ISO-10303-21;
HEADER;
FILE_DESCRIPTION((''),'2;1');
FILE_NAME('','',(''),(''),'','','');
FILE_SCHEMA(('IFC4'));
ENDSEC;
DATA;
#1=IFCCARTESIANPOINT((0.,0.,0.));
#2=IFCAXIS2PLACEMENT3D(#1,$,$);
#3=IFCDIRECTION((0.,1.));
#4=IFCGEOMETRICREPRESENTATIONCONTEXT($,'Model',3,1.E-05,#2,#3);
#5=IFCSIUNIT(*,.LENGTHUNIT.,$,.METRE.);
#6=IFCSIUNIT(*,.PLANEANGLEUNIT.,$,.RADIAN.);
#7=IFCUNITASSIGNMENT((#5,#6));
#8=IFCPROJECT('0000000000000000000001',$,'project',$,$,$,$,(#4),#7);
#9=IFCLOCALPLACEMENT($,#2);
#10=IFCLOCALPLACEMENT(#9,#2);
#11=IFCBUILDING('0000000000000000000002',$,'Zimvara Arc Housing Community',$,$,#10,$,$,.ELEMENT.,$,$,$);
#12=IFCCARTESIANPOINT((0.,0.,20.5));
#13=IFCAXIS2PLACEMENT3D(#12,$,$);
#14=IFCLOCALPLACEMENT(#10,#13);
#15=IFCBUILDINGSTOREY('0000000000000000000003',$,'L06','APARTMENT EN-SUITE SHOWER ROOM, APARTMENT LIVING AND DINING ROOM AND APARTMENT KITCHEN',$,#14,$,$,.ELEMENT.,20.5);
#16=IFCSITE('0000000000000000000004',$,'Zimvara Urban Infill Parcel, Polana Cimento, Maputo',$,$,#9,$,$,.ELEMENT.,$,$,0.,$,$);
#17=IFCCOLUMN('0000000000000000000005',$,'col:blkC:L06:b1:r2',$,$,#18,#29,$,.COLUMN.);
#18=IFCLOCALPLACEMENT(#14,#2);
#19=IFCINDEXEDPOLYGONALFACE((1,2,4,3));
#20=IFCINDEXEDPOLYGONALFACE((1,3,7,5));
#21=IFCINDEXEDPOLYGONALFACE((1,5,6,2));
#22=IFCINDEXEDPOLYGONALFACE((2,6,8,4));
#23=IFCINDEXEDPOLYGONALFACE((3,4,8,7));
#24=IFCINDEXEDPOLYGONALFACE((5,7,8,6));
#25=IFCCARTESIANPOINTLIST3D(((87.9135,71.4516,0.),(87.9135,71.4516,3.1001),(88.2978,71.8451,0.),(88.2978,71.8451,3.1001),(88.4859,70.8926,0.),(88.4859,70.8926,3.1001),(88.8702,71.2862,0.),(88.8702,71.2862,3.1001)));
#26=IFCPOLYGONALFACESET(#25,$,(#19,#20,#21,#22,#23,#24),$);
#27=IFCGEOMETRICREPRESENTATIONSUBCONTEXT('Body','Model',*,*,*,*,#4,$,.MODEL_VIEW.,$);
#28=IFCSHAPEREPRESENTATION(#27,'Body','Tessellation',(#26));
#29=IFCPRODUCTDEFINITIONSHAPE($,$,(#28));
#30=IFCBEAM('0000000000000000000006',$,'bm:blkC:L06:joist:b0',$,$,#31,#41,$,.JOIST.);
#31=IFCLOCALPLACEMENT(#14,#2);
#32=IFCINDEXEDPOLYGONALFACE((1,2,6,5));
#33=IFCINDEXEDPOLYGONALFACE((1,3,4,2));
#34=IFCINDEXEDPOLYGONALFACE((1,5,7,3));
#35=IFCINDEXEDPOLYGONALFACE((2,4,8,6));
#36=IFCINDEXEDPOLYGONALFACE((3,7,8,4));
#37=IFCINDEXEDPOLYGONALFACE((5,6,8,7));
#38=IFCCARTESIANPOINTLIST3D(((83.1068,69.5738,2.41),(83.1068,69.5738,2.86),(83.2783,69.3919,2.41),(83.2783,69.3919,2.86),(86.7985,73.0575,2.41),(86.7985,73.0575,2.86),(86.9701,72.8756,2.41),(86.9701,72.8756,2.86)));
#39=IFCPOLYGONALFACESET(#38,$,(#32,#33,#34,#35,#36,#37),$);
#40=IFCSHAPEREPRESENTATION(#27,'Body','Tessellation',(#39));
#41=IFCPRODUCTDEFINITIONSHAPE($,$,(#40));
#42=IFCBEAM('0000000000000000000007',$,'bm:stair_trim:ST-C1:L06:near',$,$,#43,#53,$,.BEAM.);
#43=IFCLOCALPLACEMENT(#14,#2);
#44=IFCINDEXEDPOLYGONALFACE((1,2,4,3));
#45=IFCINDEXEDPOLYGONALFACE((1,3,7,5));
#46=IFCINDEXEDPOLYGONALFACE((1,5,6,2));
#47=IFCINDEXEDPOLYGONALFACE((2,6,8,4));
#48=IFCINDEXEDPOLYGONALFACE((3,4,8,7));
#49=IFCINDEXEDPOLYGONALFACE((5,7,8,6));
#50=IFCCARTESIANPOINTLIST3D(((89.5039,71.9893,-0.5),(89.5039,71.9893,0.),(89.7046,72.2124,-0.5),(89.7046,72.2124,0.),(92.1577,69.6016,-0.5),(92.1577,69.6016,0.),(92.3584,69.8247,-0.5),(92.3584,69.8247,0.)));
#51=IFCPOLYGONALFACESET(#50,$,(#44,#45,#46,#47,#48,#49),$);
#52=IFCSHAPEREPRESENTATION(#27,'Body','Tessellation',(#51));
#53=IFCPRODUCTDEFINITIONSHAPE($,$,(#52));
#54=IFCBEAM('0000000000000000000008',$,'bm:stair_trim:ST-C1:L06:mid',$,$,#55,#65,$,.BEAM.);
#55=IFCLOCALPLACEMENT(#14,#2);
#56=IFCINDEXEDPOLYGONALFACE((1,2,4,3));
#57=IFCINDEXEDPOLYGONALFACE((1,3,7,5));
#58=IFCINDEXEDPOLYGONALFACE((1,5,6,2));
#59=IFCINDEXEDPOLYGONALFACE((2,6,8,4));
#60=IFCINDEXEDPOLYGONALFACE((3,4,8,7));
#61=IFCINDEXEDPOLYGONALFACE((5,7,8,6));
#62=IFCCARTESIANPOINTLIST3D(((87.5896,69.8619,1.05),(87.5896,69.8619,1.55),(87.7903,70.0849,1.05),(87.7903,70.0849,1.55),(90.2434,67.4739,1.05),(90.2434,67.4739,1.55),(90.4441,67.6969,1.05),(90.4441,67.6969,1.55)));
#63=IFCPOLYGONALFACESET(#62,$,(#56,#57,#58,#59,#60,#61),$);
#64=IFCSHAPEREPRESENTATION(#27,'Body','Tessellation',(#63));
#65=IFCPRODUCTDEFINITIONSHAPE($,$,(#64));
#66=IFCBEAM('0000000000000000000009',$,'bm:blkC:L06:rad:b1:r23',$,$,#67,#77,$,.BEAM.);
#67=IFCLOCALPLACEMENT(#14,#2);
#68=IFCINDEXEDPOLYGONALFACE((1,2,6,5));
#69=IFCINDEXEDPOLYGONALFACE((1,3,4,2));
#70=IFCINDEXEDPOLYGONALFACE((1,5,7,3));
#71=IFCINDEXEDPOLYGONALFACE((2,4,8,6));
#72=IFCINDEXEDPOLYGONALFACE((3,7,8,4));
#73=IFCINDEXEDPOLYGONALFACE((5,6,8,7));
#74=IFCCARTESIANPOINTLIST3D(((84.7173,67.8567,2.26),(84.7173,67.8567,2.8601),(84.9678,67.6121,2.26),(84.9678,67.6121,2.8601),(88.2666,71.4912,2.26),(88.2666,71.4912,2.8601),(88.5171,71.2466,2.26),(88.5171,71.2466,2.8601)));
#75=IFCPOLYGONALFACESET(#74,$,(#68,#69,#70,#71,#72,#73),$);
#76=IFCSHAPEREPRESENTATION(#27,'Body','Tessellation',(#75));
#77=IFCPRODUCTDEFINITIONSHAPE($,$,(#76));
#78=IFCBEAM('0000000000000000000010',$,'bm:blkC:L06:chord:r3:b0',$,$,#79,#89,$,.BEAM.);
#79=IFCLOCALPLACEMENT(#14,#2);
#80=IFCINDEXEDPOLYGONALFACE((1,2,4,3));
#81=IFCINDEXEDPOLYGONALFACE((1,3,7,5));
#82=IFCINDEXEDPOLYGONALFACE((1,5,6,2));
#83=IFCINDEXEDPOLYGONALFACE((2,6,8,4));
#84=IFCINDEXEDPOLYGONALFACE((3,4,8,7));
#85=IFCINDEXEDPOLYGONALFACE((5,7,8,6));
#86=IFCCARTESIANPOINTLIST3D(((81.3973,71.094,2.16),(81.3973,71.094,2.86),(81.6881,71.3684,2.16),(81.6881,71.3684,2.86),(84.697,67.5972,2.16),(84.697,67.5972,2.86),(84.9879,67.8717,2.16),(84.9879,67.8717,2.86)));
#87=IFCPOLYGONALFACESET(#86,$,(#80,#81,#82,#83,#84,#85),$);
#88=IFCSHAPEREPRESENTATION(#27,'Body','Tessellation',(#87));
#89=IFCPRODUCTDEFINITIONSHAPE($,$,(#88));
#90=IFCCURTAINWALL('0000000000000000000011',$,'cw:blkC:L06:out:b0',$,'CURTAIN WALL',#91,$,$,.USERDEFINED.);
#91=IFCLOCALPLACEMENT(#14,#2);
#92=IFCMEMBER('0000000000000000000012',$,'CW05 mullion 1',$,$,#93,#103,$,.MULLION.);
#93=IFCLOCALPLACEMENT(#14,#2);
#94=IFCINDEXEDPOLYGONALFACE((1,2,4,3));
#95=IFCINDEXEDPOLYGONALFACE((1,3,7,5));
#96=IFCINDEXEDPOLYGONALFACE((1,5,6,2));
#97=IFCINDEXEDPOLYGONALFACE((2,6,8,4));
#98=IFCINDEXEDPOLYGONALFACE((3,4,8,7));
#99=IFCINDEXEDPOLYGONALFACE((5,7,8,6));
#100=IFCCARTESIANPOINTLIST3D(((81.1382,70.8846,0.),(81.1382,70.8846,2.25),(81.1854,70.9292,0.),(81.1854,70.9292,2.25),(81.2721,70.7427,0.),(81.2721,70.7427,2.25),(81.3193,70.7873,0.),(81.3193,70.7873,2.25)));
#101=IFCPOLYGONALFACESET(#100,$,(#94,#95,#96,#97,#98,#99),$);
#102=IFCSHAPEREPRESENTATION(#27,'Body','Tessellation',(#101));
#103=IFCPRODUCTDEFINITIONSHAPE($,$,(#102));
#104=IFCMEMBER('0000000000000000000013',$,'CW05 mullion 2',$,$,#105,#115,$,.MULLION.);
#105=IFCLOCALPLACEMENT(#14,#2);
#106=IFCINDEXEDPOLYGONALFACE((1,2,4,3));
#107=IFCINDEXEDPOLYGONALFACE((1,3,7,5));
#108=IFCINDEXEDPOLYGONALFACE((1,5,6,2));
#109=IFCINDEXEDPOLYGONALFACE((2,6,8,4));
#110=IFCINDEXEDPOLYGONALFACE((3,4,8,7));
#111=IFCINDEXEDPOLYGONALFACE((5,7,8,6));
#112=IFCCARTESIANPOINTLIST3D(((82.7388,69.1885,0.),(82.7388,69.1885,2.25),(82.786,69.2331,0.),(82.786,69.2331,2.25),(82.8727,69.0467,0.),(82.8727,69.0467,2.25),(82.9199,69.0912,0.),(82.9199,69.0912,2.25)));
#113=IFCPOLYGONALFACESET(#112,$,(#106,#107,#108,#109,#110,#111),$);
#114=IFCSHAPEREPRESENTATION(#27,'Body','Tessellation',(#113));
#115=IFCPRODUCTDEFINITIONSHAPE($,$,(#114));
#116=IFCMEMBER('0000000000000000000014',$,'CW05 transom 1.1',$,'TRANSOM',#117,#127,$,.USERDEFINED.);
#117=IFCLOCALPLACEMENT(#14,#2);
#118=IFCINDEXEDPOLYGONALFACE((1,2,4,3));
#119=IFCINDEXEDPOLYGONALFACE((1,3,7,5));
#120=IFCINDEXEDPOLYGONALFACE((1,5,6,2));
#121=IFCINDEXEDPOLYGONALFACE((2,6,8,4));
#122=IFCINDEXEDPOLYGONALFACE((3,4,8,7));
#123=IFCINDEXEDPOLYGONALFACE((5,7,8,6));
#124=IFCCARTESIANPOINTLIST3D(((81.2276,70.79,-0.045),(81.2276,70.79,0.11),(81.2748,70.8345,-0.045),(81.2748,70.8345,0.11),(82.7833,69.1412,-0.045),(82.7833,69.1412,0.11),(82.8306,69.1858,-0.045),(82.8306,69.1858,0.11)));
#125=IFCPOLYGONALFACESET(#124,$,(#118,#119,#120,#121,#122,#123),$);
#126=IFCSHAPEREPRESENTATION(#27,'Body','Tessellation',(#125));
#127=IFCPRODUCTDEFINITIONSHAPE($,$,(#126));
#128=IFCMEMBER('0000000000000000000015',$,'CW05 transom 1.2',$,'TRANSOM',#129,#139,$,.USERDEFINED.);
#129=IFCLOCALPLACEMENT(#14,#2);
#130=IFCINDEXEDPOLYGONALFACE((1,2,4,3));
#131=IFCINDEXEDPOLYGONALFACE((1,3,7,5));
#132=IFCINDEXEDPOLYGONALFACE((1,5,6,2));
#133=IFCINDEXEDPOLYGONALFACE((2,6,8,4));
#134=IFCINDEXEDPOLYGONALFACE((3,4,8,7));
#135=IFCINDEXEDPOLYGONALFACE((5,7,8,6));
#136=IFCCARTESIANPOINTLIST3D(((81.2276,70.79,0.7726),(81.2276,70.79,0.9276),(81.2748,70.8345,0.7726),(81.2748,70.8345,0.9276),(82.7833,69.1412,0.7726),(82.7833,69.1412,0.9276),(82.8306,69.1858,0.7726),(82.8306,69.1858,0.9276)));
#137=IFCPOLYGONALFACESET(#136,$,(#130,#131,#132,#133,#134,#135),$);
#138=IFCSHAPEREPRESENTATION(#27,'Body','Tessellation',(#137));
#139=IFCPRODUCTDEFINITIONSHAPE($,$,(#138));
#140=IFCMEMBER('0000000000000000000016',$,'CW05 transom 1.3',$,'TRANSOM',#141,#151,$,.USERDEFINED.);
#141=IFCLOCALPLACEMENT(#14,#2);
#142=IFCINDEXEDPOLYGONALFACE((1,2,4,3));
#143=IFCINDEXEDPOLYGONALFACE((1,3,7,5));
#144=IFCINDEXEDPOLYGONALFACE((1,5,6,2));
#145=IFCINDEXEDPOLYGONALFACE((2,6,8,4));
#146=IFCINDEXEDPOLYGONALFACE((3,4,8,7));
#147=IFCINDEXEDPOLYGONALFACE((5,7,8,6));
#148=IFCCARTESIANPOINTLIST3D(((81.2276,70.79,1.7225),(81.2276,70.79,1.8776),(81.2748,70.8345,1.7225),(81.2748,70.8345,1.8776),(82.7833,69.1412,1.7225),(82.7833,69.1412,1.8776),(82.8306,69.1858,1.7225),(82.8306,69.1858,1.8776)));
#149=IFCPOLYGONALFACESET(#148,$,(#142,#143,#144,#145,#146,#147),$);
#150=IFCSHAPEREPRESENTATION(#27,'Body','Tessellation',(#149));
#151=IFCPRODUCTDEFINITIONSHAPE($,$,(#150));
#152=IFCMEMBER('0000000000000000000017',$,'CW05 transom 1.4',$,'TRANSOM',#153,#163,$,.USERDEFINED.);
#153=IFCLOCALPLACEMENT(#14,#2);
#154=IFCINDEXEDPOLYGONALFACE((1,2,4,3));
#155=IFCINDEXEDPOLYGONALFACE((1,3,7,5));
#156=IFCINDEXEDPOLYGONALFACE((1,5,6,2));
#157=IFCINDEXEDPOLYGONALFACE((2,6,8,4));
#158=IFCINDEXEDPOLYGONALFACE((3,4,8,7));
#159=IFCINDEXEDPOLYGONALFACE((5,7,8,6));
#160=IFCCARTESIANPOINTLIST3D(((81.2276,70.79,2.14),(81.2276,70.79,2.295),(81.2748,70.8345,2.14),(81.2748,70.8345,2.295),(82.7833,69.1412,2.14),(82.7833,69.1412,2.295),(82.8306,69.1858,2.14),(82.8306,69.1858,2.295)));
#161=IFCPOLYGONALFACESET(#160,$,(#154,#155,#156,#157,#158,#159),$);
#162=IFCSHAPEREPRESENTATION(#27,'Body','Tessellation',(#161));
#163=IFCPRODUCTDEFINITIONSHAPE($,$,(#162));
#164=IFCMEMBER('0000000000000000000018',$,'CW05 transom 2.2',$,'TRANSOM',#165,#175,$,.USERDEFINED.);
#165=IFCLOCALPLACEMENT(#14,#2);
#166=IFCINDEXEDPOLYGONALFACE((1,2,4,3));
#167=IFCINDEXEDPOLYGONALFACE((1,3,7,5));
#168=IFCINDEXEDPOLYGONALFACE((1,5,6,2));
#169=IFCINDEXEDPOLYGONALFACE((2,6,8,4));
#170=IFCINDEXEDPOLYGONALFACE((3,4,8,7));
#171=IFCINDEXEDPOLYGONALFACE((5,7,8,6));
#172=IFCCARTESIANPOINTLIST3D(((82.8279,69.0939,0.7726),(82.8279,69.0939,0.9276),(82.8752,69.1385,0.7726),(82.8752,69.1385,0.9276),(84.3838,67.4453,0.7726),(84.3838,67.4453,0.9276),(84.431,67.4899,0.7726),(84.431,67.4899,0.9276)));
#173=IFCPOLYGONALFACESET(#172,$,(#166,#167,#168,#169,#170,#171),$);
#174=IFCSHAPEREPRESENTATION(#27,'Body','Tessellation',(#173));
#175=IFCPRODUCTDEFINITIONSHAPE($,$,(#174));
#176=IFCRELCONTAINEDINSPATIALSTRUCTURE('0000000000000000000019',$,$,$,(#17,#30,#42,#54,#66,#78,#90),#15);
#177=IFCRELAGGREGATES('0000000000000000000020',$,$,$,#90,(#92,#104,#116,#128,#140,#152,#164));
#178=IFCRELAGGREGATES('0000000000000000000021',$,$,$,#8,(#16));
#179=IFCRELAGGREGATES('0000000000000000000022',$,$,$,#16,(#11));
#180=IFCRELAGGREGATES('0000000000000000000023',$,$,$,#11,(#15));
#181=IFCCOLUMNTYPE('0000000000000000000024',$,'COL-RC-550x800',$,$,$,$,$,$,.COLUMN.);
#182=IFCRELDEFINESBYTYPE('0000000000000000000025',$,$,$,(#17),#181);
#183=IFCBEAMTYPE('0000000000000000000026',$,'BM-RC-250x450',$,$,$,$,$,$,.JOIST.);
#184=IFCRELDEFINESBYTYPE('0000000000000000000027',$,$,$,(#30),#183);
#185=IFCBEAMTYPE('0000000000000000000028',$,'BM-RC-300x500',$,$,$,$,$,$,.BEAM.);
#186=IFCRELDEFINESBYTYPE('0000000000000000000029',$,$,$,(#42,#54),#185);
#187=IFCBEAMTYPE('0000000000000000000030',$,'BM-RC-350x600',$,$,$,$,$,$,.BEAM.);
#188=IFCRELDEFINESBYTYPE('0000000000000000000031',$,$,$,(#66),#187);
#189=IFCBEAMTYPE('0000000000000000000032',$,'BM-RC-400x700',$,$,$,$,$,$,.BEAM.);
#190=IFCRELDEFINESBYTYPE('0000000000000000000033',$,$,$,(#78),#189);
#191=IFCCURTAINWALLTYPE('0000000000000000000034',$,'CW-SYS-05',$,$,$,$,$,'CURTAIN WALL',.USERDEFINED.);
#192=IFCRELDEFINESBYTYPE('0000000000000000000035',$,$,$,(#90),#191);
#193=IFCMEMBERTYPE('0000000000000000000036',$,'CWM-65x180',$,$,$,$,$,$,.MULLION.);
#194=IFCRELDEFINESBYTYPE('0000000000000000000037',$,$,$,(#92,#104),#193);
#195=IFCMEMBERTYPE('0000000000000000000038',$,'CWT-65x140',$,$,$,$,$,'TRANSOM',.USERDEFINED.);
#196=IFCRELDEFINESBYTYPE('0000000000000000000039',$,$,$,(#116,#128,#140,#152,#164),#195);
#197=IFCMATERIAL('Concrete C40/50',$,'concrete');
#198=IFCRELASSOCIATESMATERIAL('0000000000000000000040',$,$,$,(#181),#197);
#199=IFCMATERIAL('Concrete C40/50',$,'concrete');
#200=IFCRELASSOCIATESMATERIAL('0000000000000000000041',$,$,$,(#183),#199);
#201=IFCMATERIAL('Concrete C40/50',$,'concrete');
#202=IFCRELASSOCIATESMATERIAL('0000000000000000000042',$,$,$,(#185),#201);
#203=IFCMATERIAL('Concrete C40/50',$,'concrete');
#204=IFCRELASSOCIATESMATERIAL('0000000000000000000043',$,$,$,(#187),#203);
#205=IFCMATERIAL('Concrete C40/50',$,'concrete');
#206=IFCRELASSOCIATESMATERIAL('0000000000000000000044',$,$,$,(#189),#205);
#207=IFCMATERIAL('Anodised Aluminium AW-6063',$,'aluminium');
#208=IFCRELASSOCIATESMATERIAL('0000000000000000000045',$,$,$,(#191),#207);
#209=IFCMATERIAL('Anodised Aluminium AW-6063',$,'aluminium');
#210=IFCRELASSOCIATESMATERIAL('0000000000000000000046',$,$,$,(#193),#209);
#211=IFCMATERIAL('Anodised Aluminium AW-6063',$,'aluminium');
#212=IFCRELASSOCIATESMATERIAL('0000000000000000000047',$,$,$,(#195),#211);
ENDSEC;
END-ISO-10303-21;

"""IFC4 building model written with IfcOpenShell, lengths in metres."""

from ifc_helpers import new_model, si_unit, direction, frame, origin, origin_2d, place, context, subcontext, project, spatial, rectangle, extrude, material, material_profile, profile_set, type_object, element, aggregate, save


model = new_model("IFC4")

# Units and contexts
model_context = context("Model", 3, precision=1e-05, world=origin(), true_north=direction((0.0, 1.0)))
body_context = subcontext(model_context, "Body", "Model", "MODEL_VIEW")
ifc_project = project(units=[si_unit("LENGTHUNIT", "METRE"), si_unit("PLANEANGLEUNIT", "RADIAN")], contexts=[model_context])

# Site, building, storey
site_placement = place(None, origin())
site = spatial("IfcSite", under=ifc_project, at=site_placement, Name="Zimvara Urban Infill Parcel, Polana Cimento, Maputo", CompositionType="ELEMENT", RefElevation=0.0)
building_placement = place(site_placement, origin())
building = spatial("IfcBuilding", under=site, at=building_placement, Name="Zimvara Arc Housing Community", CompositionType="ELEMENT")
storey_placement = place(building_placement, frame((0.0, 0.0, 20.5)))
storey = spatial("IfcBuildingStorey", under=building, at=storey_placement, Name="L06", Description="APARTMENT EN-SUITE SHOWER ROOM, APARTMENT LIVING AND DINING ROOM AND APARTMENT KITCHEN", CompositionType="ELEMENT", Elevation=20.5)

# Column
ifc_material_1 = material(Name="Concrete C40/50", Category="concrete")
ifc_material_profile_1 = material_profile(ifc_material_1, rectangle(XDim=0.55, YDim=0.8, at=origin_2d()), Name="RC 550x800")
ifc_profile_set_1 = profile_set([ifc_material_profile_1], Name="Concrete C40/50")
column_type_1 = type_object("IfcColumnType", Name="COL-RC-550x800", PredefinedType="COLUMN", material=ifc_profile_set_1)
column_1_placement = place(storey_placement, frame((88.3918, 71.3689, 0.0), z_axis=(0.0, 0.0, 1.0), x_axis=(-0.698665, -0.715449, 0.0)))
element("IfcColumn", 1, at=column_1_placement, inside=storey, type_object=column_type_1, Name="col:blkC:L06:b1:r2", PredefinedType="COLUMN", context=body_context, shape_type="SweptSolid", body=[
    extrude(rectangle(XDim=0.55, YDim=0.8, at=origin_2d()), origin(), (0.0, 0.0, 1.0), 3.1001),
])

# Beams
ifc_material_2 = material(Name="Concrete C40/50", Category="concrete")
ifc_material_profile_2 = material_profile(ifc_material_2, rectangle(XDim=0.25, YDim=0.45, at=origin_2d()), Name="RC 250x450")
ifc_profile_set_2 = profile_set([ifc_material_profile_2], Name="Concrete C40/50")
beam_type_1 = type_object("IfcBeamType", Name="BM-RC-250x450", PredefinedType="JOIST", material=ifc_profile_set_2)
beam_1_placement = place(storey_placement, frame((86.8843, 72.9666, 2.635), z_axis=(-0.7273, -0.68632, 0.0), x_axis=(0.68632, -0.7273, 0.0)))
element("IfcBeam", 2, at=beam_1_placement, inside=storey, type_object=beam_type_1, Name="bm:blkC:L06:joist:b0", PredefinedType="JOIST", context=body_context, shape_type="SweptSolid", body=[
    extrude(rectangle(XDim=0.25, YDim=0.45, at=origin_2d()), origin(), (0.0, 0.0, 1.0), 5.0759),
])
ifc_material_3 = material(Name="Concrete C40/50", Category="concrete")
ifc_material_profile_3 = material_profile(ifc_material_3, rectangle(XDim=0.3, YDim=0.5, at=origin_2d()), Name="RC 300x500")
ifc_profile_set_3 = profile_set([ifc_material_profile_3], Name="Concrete C40/50")
beam_type_2 = type_object("IfcBeamType", Name="BM-RC-300x500", PredefinedType="BEAM", material=ifc_profile_set_3)
beam_2_placement = place(storey_placement, frame((89.6042, 72.1008, -0.25), z_axis=(0.743396, -0.668851, 0.0), x_axis=(0.668851, 0.743396, 0.0)))
element("IfcBeam", 3, at=beam_2_placement, inside=storey, type_object=beam_type_2, Name="bm:stair_trim:ST-C1:L06:near", PredefinedType="BEAM", context=body_context, shape_type="SweptSolid", body=[
    extrude(rectangle(XDim=0.3, YDim=0.5, at=origin_2d()), origin(), (0.0, 0.0, 1.0), 3.5698),
])
beam_3_placement = place(storey_placement, frame((87.6899, 69.9734, 1.3), z_axis=(0.743362, -0.668889, 0.0), x_axis=(0.668889, 0.743362, 0.0)))
element("IfcBeam", 4, at=beam_3_placement, inside=storey, type_object=beam_type_2, Name="bm:stair_trim:ST-C1:L06:mid", PredefinedType="BEAM", context=body_context, shape_type="SweptSolid", body=[
    extrude(rectangle(XDim=0.3, YDim=0.5, at=origin_2d()), origin(), (0.0, 0.0, 1.0), 3.5701),
])
ifc_material_4 = material(Name="Concrete C40/50", Category="concrete")
ifc_material_profile_4 = material_profile(ifc_material_4, rectangle(XDim=0.3501, YDim=0.6001, at=origin_2d()), Name="RC 350x600")
ifc_profile_set_4 = profile_set([ifc_material_profile_4], Name="Concrete C40/50")
beam_type_3 = type_object("IfcBeamType", Name="BM-RC-350x600", PredefinedType="BEAM", material=ifc_profile_set_4)
beam_4_placement = place(storey_placement, frame((88.3918, 71.3689, 2.5601), z_axis=(-0.698671, -0.715443, 0.0), x_axis=(0.715443, -0.698671, 0.0)))
element("IfcBeam", 5, at=beam_4_placement, inside=storey, type_object=beam_type_3, Name="bm:blkC:L06:rad:b1:r23", PredefinedType="BEAM", context=body_context, shape_type="SweptSolid", body=[
    extrude(rectangle(XDim=0.3501, YDim=0.6001, at=origin_2d()), origin(), (0.0, 0.0, 1.0), 5.0801),
])
ifc_material_5 = material(Name="Concrete C40/50", Category="concrete")
ifc_material_profile_5 = material_profile(ifc_material_5, rectangle(XDim=0.3999, YDim=0.7, at=origin_2d()), Name="RC 400x700")
ifc_profile_set_5 = profile_set([ifc_material_profile_5], Name="Concrete C40/50")
beam_type_4 = type_object("IfcBeamType", Name="BM-RC-400x700", PredefinedType="BEAM", material=ifc_profile_set_5)
beam_5_placement = place(storey_placement, frame((81.5427, 71.2312, 2.51), z_axis=(0.686321, -0.727299, 0.0), x_axis=(0.727299, 0.686321, 0.0)))
element("IfcBeam", 6, at=beam_5_placement, inside=storey, type_object=beam_type_4, Name="bm:blkC:L06:chord:r3:b0", PredefinedType="BEAM", context=body_context, shape_type="SweptSolid", body=[
    extrude(rectangle(XDim=0.3999, YDim=0.7, at=origin_2d()), origin(), (0.0, 0.0, 1.0), 4.8079),
])

# Curtain wall, members
ifc_material_6 = material(Name="Anodised Aluminium AW-6063", Category="aluminium")
curtain_wall_type = type_object("IfcCurtainWallType", Name="CW-SYS-05", ElementType="CURTAIN WALL", PredefinedType="USERDEFINED", material=ifc_material_6)
curtain_wall_placement = place(storey_placement, origin())
curtain_wall = element("IfcCurtainWall", 7, at=curtain_wall_placement, inside=storey, type_object=curtain_wall_type, Name="cw:blkC:L06:out:b0", ObjectType="CURTAIN WALL", PredefinedType="USERDEFINED")
ifc_material_7 = material(Name="Anodised Aluminium AW-6063", Category="aluminium")
ifc_material_profile_6 = material_profile(ifc_material_7, rectangle(XDim=0.0649, YDim=0.1951, at=origin_2d()), Name="ALU 65x195")
ifc_profile_set_6 = profile_set([ifc_material_profile_6], Name="Anodised Aluminium AW-6063")
member_type_1 = type_object("IfcMemberType", Name="CWM-65x180", PredefinedType="MULLION", material=ifc_profile_set_6)
member_1_placement = place(storey_placement, frame((81.2288, 70.8359, 0.0), z_axis=(0.0, 0.0, 1.0), x_axis=(0.727294, 0.686326, 0.0)))
member_1 = element("IfcMember", 8, at=member_1_placement, type_object=member_type_1, Name="CW05 mullion 1", PredefinedType="MULLION", context=body_context, shape_type="SweptSolid", body=[
    extrude(rectangle(XDim=0.0649, YDim=0.1951, at=origin_2d()), origin(), (0.0, 0.0, 1.0), 2.25),
])
member_2_placement = place(storey_placement, frame((82.8293, 69.1399, 0.0), z_axis=(0.0, 0.0, 1.0), x_axis=(0.727294, 0.686326, 0.0)))
member_2 = element("IfcMember", 9, at=member_2_placement, type_object=member_type_1, Name="CW05 mullion 2", PredefinedType="MULLION", context=body_context, shape_type="SweptSolid", body=[
    extrude(rectangle(XDim=0.0649, YDim=0.1951, at=origin_2d()), origin(), (0.0, 0.0, 1.0), 2.25),
])
ifc_material_8 = material(Name="Anodised Aluminium AW-6063", Category="aluminium")
ifc_material_profile_7 = material_profile(ifc_material_8, rectangle(XDim=0.0649, YDim=0.155, at=origin_2d()), Name="ALU 65x155")
ifc_profile_set_7 = profile_set([ifc_material_profile_7], Name="Anodised Aluminium AW-6063")
member_type_2 = type_object("IfcMemberType", Name="CWT-65x140", ElementType="TRANSOM", PredefinedType="USERDEFINED", material=ifc_profile_set_7)
member_3_placement = place(storey_placement, frame((81.2512, 70.8123, 0.0325), z_axis=(0.686291, -0.727327, 0.0), x_axis=(0.727327, 0.686291, 0.0)))
member_3 = element("IfcMember", 10, at=member_3_placement, type_object=member_type_2, Name="CW05 transom 1.1", ObjectType="TRANSOM", PredefinedType="USERDEFINED", context=body_context, shape_type="SweptSolid", body=[
    extrude(rectangle(XDim=0.0649, YDim=0.155, at=origin_2d()), origin(), (0.0, 0.0, 1.0), 2.2668),
])
member_4_placement = place(storey_placement, frame((81.2512, 70.8123, 0.8501), z_axis=(0.686291, -0.727327, 0.0), x_axis=(0.727327, 0.686291, 0.0)))
member_4 = element("IfcMember", 11, at=member_4_placement, type_object=member_type_2, Name="CW05 transom 1.2", ObjectType="TRANSOM", PredefinedType="USERDEFINED", context=body_context, shape_type="SweptSolid", body=[
    extrude(rectangle(XDim=0.0649, YDim=0.155, at=origin_2d()), origin(), (0.0, 0.0, 1.0), 2.2668),
])
member_5_placement = place(storey_placement, frame((81.2512, 70.8123, 1.8), z_axis=(0.686291, -0.727327, 0.0), x_axis=(0.727327, 0.686291, 0.0)))
member_5 = element("IfcMember", 12, at=member_5_placement, type_object=member_type_2, Name="CW05 transom 1.3", ObjectType="TRANSOM", PredefinedType="USERDEFINED", context=body_context, shape_type="SweptSolid", body=[
    extrude(rectangle(XDim=0.0649, YDim=0.155, at=origin_2d()), origin(), (0.0, 0.0, 1.0), 2.2668),
])
member_6_placement = place(storey_placement, frame((81.2512, 70.8123, 2.2175), z_axis=(0.686291, -0.727327, 0.0), x_axis=(0.727327, 0.686291, 0.0)))
member_6 = element("IfcMember", 13, at=member_6_placement, type_object=member_type_2, Name="CW05 transom 1.4", ObjectType="TRANSOM", PredefinedType="USERDEFINED", context=body_context, shape_type="SweptSolid", body=[
    extrude(rectangle(XDim=0.0649, YDim=0.155, at=origin_2d()), origin(), (0.0, 0.0, 1.0), 2.2668),
])
member_7_placement = place(storey_placement, frame((82.8516, 69.1162, 0.8501), z_axis=(0.686348, -0.727273, 0.0), x_axis=(0.727273, 0.686348, 0.0)))
member_7 = element("IfcMember", 14, at=member_7_placement, type_object=member_type_2, Name="CW05 transom 2.2", ObjectType="TRANSOM", PredefinedType="USERDEFINED", context=body_context, shape_type="SweptSolid", body=[
    extrude(rectangle(XDim=0.0649, YDim=0.155, at=origin_2d()), origin(), (0.0, 0.0, 1.0), 2.2668),
])
aggregate(curtain_wall, [member_1, member_2, member_3, member_4, member_5, member_6, member_7])

save(model, "model.ifc")
